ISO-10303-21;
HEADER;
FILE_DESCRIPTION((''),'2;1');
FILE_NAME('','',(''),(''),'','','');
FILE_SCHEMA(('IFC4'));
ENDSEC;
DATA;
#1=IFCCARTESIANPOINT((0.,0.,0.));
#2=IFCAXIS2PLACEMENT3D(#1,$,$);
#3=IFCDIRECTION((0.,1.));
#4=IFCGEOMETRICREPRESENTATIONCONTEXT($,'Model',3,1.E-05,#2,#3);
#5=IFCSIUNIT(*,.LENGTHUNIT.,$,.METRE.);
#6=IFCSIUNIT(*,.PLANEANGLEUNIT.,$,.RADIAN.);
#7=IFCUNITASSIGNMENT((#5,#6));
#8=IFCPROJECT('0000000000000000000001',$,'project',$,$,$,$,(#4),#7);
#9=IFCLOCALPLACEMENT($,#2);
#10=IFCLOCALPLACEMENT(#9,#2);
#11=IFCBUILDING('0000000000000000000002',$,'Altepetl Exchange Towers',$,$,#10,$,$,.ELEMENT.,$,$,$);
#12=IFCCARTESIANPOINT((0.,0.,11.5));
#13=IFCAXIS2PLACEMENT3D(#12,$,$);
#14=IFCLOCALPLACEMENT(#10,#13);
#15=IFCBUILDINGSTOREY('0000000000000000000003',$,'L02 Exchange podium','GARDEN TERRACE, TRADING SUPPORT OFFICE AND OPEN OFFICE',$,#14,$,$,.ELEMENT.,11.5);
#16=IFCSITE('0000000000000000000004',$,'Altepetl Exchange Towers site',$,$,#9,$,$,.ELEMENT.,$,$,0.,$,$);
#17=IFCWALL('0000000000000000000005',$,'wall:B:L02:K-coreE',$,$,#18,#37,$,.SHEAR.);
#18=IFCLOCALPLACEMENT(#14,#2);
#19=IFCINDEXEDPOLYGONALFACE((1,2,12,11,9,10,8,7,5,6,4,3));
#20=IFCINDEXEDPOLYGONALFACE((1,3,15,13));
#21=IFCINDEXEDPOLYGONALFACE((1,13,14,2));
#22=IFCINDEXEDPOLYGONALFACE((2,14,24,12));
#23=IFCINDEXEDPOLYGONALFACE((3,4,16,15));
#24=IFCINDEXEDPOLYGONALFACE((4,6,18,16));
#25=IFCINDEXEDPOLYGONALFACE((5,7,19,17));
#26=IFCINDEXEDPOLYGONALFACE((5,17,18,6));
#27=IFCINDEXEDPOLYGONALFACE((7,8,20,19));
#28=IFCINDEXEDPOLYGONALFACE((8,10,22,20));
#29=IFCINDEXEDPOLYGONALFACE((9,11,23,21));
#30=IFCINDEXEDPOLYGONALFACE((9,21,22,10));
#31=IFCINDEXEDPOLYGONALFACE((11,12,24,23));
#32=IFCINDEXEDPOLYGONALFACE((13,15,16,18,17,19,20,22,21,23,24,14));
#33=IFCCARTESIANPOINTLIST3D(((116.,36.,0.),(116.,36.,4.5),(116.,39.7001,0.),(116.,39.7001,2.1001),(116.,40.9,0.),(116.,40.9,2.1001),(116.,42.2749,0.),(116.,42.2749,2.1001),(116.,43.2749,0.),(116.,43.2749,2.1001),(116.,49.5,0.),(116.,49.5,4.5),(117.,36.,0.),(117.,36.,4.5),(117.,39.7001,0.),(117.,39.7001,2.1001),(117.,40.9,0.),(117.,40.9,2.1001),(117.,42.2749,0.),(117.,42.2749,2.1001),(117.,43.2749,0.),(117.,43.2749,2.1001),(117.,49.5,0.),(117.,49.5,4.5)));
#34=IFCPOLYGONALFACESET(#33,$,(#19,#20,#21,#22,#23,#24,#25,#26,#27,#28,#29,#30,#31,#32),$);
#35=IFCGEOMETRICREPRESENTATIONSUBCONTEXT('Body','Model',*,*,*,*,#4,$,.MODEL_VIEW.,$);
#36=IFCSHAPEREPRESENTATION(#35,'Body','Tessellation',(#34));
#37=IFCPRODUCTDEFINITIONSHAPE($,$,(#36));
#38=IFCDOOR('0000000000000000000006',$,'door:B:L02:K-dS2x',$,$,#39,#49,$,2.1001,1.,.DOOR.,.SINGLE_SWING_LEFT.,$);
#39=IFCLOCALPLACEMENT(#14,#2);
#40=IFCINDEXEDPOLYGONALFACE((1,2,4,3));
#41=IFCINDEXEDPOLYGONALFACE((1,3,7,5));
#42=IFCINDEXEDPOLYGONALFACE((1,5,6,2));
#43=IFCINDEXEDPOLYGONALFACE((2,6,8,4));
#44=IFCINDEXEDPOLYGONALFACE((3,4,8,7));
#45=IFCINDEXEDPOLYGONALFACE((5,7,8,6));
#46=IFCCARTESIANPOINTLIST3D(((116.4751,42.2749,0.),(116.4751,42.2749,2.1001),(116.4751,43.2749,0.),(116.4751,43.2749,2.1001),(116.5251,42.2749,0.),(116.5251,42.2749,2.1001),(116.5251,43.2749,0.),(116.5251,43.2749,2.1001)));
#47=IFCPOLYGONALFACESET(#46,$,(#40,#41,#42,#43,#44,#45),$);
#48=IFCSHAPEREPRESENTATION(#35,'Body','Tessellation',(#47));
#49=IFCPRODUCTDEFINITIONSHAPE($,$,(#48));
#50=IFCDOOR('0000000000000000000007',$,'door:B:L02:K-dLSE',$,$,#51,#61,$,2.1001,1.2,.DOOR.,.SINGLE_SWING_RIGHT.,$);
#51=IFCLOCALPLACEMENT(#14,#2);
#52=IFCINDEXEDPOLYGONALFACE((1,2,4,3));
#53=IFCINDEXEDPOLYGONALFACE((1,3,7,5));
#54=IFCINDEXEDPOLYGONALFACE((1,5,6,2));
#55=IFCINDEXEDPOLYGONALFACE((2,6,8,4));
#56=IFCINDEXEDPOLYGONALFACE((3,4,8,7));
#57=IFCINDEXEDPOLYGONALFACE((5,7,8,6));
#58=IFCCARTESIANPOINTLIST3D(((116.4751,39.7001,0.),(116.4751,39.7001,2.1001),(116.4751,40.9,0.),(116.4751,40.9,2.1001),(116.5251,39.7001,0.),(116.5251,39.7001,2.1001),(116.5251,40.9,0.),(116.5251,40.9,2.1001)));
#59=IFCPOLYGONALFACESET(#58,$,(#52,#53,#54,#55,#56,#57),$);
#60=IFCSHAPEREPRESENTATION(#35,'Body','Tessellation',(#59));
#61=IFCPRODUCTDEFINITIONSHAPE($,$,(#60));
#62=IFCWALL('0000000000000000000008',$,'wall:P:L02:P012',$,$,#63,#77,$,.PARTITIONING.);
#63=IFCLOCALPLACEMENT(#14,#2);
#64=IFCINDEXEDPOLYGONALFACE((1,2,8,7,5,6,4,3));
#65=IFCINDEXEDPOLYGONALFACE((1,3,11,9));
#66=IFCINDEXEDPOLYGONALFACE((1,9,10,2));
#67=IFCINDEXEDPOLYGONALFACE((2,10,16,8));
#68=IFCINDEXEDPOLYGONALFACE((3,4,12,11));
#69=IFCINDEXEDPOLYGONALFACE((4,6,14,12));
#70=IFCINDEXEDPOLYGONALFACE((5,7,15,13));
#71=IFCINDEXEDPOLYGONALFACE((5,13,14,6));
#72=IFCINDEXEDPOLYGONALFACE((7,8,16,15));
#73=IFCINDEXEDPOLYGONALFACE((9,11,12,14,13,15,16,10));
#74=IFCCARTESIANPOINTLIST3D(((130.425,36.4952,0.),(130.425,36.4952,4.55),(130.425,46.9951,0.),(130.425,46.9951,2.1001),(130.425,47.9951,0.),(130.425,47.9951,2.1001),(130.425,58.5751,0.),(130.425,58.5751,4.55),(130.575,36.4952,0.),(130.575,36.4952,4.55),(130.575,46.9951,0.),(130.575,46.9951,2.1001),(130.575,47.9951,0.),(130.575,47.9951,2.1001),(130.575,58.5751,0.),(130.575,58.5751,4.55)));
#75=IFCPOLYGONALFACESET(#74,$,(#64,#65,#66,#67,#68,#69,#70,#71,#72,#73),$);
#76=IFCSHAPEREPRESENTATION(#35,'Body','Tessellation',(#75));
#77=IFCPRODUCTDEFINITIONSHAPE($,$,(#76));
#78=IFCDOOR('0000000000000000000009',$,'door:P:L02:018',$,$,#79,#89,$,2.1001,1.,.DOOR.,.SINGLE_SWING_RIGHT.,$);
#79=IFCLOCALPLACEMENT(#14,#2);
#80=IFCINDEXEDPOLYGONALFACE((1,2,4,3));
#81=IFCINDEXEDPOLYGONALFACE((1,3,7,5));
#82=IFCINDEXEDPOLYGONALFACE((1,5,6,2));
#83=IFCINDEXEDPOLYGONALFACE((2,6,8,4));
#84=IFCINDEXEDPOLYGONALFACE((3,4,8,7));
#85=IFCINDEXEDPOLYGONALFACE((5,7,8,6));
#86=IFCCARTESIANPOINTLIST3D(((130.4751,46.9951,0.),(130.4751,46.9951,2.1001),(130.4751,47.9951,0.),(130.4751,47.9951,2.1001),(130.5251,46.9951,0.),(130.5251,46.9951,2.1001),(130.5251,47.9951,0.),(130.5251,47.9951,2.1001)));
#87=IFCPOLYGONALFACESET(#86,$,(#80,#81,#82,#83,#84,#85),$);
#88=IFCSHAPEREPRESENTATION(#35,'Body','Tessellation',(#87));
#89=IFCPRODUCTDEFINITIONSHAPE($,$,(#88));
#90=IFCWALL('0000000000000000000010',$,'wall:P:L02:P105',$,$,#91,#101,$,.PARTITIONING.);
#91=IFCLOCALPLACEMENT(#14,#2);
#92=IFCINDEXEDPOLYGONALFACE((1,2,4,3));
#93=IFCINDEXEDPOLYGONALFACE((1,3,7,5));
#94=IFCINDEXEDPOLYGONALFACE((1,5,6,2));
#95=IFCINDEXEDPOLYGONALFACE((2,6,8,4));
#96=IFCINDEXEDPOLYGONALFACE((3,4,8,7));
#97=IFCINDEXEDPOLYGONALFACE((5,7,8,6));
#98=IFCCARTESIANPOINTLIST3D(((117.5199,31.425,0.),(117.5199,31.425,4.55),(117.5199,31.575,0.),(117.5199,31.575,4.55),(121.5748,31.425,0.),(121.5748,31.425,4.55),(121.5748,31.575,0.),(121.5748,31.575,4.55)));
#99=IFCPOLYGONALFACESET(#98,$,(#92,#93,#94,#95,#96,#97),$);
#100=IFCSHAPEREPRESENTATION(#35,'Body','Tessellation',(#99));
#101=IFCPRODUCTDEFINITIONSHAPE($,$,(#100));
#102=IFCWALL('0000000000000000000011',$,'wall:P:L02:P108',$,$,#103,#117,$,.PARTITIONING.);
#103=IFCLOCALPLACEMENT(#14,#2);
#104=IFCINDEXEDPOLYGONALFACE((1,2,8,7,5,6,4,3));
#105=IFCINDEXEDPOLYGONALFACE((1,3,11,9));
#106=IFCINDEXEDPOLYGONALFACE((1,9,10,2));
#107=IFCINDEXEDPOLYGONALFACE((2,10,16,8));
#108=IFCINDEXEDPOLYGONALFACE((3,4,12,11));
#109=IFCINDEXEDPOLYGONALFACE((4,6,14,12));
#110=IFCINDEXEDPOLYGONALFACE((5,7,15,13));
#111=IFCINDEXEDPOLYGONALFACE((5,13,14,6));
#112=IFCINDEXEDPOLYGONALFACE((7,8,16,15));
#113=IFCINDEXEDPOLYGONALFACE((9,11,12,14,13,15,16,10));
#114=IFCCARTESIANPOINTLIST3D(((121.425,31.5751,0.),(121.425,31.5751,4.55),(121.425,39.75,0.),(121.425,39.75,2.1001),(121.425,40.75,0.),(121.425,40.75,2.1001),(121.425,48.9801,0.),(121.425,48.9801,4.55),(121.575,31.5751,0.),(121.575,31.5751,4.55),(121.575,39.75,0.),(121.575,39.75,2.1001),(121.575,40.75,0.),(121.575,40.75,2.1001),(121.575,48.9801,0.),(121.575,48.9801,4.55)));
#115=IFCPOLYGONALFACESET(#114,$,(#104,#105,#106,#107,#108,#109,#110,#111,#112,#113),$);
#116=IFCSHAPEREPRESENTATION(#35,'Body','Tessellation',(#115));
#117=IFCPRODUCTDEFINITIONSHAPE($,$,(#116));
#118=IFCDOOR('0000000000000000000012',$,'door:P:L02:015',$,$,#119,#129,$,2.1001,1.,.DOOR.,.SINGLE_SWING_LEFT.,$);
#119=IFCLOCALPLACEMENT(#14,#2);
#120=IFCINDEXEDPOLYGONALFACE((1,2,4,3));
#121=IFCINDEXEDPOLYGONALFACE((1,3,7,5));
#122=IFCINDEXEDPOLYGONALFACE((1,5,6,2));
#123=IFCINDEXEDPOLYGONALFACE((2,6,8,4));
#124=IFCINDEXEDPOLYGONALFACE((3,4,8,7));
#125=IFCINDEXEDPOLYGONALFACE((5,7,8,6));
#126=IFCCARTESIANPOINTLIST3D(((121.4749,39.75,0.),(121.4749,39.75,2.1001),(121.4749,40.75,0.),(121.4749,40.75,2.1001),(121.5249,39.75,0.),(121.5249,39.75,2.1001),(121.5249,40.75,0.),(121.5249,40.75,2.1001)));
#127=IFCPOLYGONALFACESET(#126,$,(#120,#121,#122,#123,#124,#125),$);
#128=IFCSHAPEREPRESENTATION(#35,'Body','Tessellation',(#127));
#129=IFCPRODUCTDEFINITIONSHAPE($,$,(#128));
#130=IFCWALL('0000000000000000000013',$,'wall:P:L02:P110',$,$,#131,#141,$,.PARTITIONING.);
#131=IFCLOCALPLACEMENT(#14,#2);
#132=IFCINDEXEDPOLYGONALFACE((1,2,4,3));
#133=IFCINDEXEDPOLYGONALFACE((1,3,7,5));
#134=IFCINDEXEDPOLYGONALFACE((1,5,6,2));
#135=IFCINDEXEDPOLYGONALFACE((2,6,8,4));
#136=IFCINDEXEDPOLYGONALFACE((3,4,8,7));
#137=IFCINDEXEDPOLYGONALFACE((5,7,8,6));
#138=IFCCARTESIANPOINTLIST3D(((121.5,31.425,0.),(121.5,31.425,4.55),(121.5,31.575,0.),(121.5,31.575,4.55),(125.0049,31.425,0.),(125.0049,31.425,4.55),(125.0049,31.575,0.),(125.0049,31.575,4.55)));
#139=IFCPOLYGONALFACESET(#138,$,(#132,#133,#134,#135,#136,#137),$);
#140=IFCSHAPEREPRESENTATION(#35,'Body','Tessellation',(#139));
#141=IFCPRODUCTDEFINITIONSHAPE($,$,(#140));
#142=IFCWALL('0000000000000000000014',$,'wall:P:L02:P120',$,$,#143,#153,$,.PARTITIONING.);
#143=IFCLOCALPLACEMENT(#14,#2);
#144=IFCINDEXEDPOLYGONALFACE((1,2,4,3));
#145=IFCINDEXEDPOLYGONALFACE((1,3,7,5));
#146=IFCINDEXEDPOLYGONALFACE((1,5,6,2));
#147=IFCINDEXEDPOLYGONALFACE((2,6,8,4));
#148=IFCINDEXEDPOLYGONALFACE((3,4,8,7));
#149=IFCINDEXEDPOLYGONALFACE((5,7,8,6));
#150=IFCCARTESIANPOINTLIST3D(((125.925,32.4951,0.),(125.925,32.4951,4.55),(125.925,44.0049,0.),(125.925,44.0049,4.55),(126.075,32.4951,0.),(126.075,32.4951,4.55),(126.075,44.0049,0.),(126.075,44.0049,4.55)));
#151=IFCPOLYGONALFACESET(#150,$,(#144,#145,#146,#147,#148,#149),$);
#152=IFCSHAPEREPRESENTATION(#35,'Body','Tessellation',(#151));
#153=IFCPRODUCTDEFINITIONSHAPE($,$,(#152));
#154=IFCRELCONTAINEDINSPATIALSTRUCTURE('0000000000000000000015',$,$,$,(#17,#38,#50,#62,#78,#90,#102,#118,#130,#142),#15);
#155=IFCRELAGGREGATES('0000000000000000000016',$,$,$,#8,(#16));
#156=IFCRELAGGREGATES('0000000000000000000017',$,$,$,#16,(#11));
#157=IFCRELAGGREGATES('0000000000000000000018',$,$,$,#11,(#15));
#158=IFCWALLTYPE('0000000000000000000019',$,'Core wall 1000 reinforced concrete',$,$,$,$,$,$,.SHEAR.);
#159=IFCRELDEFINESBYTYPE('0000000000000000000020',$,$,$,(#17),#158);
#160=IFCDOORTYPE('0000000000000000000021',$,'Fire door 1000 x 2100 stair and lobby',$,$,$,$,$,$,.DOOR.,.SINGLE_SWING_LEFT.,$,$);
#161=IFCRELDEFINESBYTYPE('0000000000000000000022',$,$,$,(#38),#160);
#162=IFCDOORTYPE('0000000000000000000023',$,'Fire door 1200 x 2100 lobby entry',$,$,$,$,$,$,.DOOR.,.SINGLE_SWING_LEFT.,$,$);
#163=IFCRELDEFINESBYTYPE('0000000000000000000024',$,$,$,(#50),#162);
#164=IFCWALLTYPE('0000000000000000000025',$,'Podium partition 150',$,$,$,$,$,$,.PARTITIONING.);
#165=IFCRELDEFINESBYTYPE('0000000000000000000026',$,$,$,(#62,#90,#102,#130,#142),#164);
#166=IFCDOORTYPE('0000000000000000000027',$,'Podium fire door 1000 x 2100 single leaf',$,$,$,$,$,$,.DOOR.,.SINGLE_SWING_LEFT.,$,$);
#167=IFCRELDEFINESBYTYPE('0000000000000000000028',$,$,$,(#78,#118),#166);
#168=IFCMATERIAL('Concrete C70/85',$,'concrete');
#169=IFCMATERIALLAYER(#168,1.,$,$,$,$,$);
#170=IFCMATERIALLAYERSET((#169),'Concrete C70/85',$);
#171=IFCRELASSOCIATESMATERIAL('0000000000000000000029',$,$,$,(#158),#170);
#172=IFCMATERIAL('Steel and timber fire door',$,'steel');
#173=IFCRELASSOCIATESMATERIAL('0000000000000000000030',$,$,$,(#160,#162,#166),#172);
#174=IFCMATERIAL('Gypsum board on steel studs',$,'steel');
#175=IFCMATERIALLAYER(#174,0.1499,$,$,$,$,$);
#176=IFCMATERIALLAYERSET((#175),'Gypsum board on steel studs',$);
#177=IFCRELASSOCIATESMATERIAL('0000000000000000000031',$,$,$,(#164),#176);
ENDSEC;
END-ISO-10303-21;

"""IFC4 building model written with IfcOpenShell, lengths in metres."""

from ifc_helpers import new_model, si_unit, direction, frame, frame_2d, origin, place, context, subcontext, project, spatial, rectangle, extrude, material, layer, layer_set, type_object, element, fill, save


model = new_model("IFC4")

# Units and contexts
model_context = context("Model", 3, precision=1e-05, world=origin(), true_north=direction((0.0, 1.0)))
body_context = subcontext(model_context, "Body", "Model", "MODEL_VIEW")
ifc_project = project(units=[si_unit("LENGTHUNIT", "METRE"), si_unit("PLANEANGLEUNIT", "RADIAN")], contexts=[model_context])

# Site, building, storey
site_placement = place(None, origin())
site = spatial("IfcSite", under=ifc_project, at=site_placement, Name="Altepetl Exchange Towers site", CompositionType="ELEMENT", RefElevation=0.0)
building_placement = place(site_placement, origin())
building = spatial("IfcBuilding", under=site, at=building_placement, Name="Altepetl Exchange Towers", CompositionType="ELEMENT")
storey_placement = place(building_placement, frame((0.0, 0.0, 11.5)))
storey = spatial("IfcBuildingStorey", under=building, at=storey_placement, Name="L02 Exchange podium", Description="GARDEN TERRACE, TRADING SUPPORT OFFICE AND OPEN OFFICE", CompositionType="ELEMENT", Elevation=11.5)

# Shared definitions
ifc_material_1 = material(Name="Concrete C70/85", Category="concrete")

# Wall, openings, doors
ifc_layer_1 = layer(ifc_material_1, 1.0)
ifc_layer_set_1 = layer_set([ifc_layer_1], Name="Concrete C70/85")
wall_type_1 = type_object("IfcWallType", Name="Core wall 1000 reinforced concrete", PredefinedType="SHEAR", material=ifc_layer_set_1)
wall_1_placement = place(storey_placement, frame((116.5, 36.0, 0.0), z_axis=(0.0, 0.0, 1.0), x_axis=(0.0, 1.0, 0.0)))
wall_1 = element("IfcWall", 1, at=wall_1_placement, inside=storey, type_object=wall_type_1, Name="wall:B:L02:K-coreE", PredefinedType="SHEAR", context=body_context, shape_type="SweptSolid", body=[
    extrude(rectangle(XDim=13.5, YDim=1.0, at=frame_2d((6.75, 0.0))), origin(), (0.0, 0.0, 1.0), 4.5),
])
opening_1_placement = place(wall_1_placement, frame((3.7, 0.0, 0.0)))
opening_1 = element("IfcOpeningElement", 2, at=opening_1_placement, cuts=wall_1, PredefinedType="OPENING", context=body_context, shape_type="SweptSolid", body=[
    extrude(rectangle(XDim=1.2, YDim=2.1001, at=frame_2d((0.6001, 1.05))), frame((0.0, 0.51, 0.0), z_axis=(0.0, -1.0, 0.0), x_axis=(1.0, 0.0, 0.0)), (0.0, 0.0, 1.0), 1.02),
])
opening_2_placement = place(wall_1_placement, frame((6.2749, 0.0, 0.0)))
opening_2 = element("IfcOpeningElement", 3, at=opening_2_placement, cuts=wall_1, PredefinedType="OPENING", context=body_context, shape_type="SweptSolid", body=[
    extrude(rectangle(XDim=1.0, YDim=2.1001, at=frame_2d((0.5, 1.05))), frame((0.0, 0.51, 0.0), z_axis=(0.0, -1.0, 0.0), x_axis=(1.0, 0.0, 0.0)), (0.0, 0.0, 1.0), 1.02),
])
ifc_material_2 = material(Name="Steel and timber fire door", Category="steel")
door_type_1 = type_object("IfcDoorType", Name="Fire door 1000 x 2100 stair and lobby", OperationType="SINGLE_SWING_LEFT", PredefinedType="DOOR", material=ifc_material_2)
door_1_placement = place(opening_2_placement, origin())
door_1 = element("IfcDoor", 4, at=door_1_placement, inside=storey, type_object=door_type_1, Name="door:B:L02:K-dS2x", OperationType="SINGLE_SWING_LEFT", OverallHeight=2.1001, OverallWidth=1.0, PredefinedType="DOOR", context=body_context, shape_type="SweptSolid", body=[
    extrude(rectangle(XDim=1.0, YDim=2.1001, at=frame_2d((0.5, 1.05))), frame((0.0, 0.0249, 0.0), z_axis=(0.0, -1.0, 0.0), x_axis=(1.0, 0.0, 0.0)), (0.0, 0.0, 1.0), 0.05),
])
fill(opening_2, door_1)
door_type_2 = type_object("IfcDoorType", Name="Fire door 1200 x 2100 lobby entry", OperationType="SINGLE_SWING_LEFT", PredefinedType="DOOR", material=ifc_material_2)
door_2_placement = place(opening_1_placement, origin())
door_2 = element("IfcDoor", 5, at=door_2_placement, inside=storey, type_object=door_type_2, Name="door:B:L02:K-dLSE", OperationType="SINGLE_SWING_RIGHT", OverallHeight=2.1001, OverallWidth=1.2, PredefinedType="DOOR", context=body_context, shape_type="SweptSolid", body=[
    extrude(rectangle(XDim=1.2, YDim=2.1001, at=frame_2d((0.6001, 1.05))), frame((0.0, 0.0249, 0.0), z_axis=(0.0, -1.0, 0.0), x_axis=(1.0, 0.0, 0.0)), (0.0, 0.0, 1.0), 0.05),
])
fill(opening_1, door_2)

# Wall, opening, door
ifc_material_3 = material(Name="Gypsum board on steel studs", Category="steel")
ifc_layer_2 = layer(ifc_material_3, 0.1499)
ifc_layer_set_2 = layer_set([ifc_layer_2], Name="Gypsum board on steel studs")
wall_type_2 = type_object("IfcWallType", Name="Podium partition 150", PredefinedType="PARTITIONING", material=ifc_layer_set_2)
wall_2_placement = place(storey_placement, frame((130.5, 36.4951, 0.0), z_axis=(0.0, 0.0, 1.0), x_axis=(0.0, 1.0, 0.0)))
wall_2 = element("IfcWall", 6, at=wall_2_placement, inside=storey, type_object=wall_type_2, Name="wall:P:L02:P012", PredefinedType="PARTITIONING", context=body_context, shape_type="SweptSolid", body=[
    extrude(rectangle(XDim=22.0798, YDim=0.1499, at=frame_2d((11.04, 0.0))), origin(), (0.0, 0.0, 1.0), 4.55),
])
opening_3_placement = place(wall_2_placement, frame((10.5, 0.0, 0.0)))
opening_3 = element("IfcOpeningElement", 7, at=opening_3_placement, cuts=wall_2, PredefinedType="OPENING", context=body_context, shape_type="SweptSolid", body=[
    extrude(rectangle(XDim=1.0, YDim=2.1001, at=frame_2d((0.5, 1.05))), frame((0.0, 0.085, 0.0), z_axis=(0.0, -1.0, 0.0), x_axis=(1.0, 0.0, 0.0)), (0.0, 0.0, 1.0), 0.1699),
])
door_type_3 = type_object("IfcDoorType", Name="Podium fire door 1000 x 2100 single leaf", OperationType="SINGLE_SWING_LEFT", PredefinedType="DOOR", material=ifc_material_2)
door_3_placement = place(opening_3_placement, origin())
door_3 = element("IfcDoor", 8, at=door_3_placement, inside=storey, type_object=door_type_3, Name="door:P:L02:018", OperationType="SINGLE_SWING_RIGHT", OverallHeight=2.1001, OverallWidth=1.0, PredefinedType="DOOR", context=body_context, shape_type="SweptSolid", body=[
    extrude(rectangle(XDim=1.0, YDim=2.1001, at=frame_2d((0.5, 1.05))), frame((0.0, 0.0249, 0.0), z_axis=(0.0, -1.0, 0.0), x_axis=(1.0, 0.0, 0.0)), (0.0, 0.0, 1.0), 0.05),
])
fill(opening_3, door_3)

# Wall
wall_3_placement = place(storey_placement, frame((117.52, 31.5, 0.0)))
element("IfcWall", 9, at=wall_3_placement, inside=storey, type_object=wall_type_2, Name="wall:P:L02:P105", PredefinedType="PARTITIONING", context=body_context, shape_type="SweptSolid", body=[
    extrude(rectangle(XDim=4.0549, YDim=0.1499, at=frame_2d((2.0273, 0.0))), origin(), (0.0, 0.0, 1.0), 4.55),
])

# Wall, opening, door
wall_4_placement = place(storey_placement, frame((121.5, 31.575, 0.0), z_axis=(0.0, 0.0, 1.0), x_axis=(0.0, 1.0, 0.0)))
wall_4 = element("IfcWall", 10, at=wall_4_placement, inside=storey, type_object=wall_type_2, Name="wall:P:L02:P108", PredefinedType="PARTITIONING", context=body_context, shape_type="SweptSolid", body=[
    extrude(rectangle(XDim=17.405, YDim=0.1499, at=frame_2d((8.7026, 0.0))), origin(), (0.0, 0.0, 1.0), 4.55),
])
opening_4_placement = place(wall_4_placement, frame((8.175, 0.0, 0.0)))
opening_4 = element("IfcOpeningElement", 11, at=opening_4_placement, cuts=wall_4, PredefinedType="OPENING", context=body_context, shape_type="SweptSolid", body=[
    extrude(rectangle(XDim=1.0, YDim=2.1001, at=frame_2d((0.5, 1.05))), frame((0.0, 0.085, 0.0), z_axis=(0.0, -1.0, 0.0), x_axis=(1.0, 0.0, 0.0)), (0.0, 0.0, 1.0), 0.1699),
])
door_4_placement = place(opening_4_placement, frame((1.0, 0.0, 0.0), x_axis=(-1.0, 0.0, 0.0)))
door_4 = element("IfcDoor", 12, at=door_4_placement, inside=storey, type_object=door_type_3, Name="door:P:L02:015", OperationType="SINGLE_SWING_LEFT", OverallHeight=2.1001, OverallWidth=1.0, PredefinedType="DOOR", context=body_context, shape_type="SweptSolid", body=[
    extrude(rectangle(XDim=1.0, YDim=2.1001, at=frame_2d((0.5, 1.05))), frame((0.0, 0.0249, 0.0), z_axis=(0.0, -1.0, 0.0), x_axis=(1.0, 0.0, 0.0)), (0.0, 0.0, 1.0), 0.05),
])
fill(opening_4, door_4)

# Walls
wall_5_placement = place(storey_placement, frame((121.5, 31.5, 0.0)))
element("IfcWall", 13, at=wall_5_placement, inside=storey, type_object=wall_type_2, Name="wall:P:L02:P110", PredefinedType="PARTITIONING", context=body_context, shape_type="SweptSolid", body=[
    extrude(rectangle(XDim=3.5049, YDim=0.1499, at=frame_2d((1.7524, 0.0))), origin(), (0.0, 0.0, 1.0), 4.55),
])
wall_6_placement = place(storey_placement, frame((126.0, 32.4951, 0.0), z_axis=(0.0, 0.0, 1.0), x_axis=(0.0, 1.0, 0.0)))
element("IfcWall", 14, at=wall_6_placement, inside=storey, type_object=wall_type_2, Name="wall:P:L02:P120", PredefinedType="PARTITIONING", context=body_context, shape_type="SweptSolid", body=[
    extrude(rectangle(XDim=11.5098, YDim=0.1499, at=frame_2d((5.7549, 0.0))), origin(), (0.0, 0.0, 1.0), 4.55),
])

save(model, "model.ifc")
